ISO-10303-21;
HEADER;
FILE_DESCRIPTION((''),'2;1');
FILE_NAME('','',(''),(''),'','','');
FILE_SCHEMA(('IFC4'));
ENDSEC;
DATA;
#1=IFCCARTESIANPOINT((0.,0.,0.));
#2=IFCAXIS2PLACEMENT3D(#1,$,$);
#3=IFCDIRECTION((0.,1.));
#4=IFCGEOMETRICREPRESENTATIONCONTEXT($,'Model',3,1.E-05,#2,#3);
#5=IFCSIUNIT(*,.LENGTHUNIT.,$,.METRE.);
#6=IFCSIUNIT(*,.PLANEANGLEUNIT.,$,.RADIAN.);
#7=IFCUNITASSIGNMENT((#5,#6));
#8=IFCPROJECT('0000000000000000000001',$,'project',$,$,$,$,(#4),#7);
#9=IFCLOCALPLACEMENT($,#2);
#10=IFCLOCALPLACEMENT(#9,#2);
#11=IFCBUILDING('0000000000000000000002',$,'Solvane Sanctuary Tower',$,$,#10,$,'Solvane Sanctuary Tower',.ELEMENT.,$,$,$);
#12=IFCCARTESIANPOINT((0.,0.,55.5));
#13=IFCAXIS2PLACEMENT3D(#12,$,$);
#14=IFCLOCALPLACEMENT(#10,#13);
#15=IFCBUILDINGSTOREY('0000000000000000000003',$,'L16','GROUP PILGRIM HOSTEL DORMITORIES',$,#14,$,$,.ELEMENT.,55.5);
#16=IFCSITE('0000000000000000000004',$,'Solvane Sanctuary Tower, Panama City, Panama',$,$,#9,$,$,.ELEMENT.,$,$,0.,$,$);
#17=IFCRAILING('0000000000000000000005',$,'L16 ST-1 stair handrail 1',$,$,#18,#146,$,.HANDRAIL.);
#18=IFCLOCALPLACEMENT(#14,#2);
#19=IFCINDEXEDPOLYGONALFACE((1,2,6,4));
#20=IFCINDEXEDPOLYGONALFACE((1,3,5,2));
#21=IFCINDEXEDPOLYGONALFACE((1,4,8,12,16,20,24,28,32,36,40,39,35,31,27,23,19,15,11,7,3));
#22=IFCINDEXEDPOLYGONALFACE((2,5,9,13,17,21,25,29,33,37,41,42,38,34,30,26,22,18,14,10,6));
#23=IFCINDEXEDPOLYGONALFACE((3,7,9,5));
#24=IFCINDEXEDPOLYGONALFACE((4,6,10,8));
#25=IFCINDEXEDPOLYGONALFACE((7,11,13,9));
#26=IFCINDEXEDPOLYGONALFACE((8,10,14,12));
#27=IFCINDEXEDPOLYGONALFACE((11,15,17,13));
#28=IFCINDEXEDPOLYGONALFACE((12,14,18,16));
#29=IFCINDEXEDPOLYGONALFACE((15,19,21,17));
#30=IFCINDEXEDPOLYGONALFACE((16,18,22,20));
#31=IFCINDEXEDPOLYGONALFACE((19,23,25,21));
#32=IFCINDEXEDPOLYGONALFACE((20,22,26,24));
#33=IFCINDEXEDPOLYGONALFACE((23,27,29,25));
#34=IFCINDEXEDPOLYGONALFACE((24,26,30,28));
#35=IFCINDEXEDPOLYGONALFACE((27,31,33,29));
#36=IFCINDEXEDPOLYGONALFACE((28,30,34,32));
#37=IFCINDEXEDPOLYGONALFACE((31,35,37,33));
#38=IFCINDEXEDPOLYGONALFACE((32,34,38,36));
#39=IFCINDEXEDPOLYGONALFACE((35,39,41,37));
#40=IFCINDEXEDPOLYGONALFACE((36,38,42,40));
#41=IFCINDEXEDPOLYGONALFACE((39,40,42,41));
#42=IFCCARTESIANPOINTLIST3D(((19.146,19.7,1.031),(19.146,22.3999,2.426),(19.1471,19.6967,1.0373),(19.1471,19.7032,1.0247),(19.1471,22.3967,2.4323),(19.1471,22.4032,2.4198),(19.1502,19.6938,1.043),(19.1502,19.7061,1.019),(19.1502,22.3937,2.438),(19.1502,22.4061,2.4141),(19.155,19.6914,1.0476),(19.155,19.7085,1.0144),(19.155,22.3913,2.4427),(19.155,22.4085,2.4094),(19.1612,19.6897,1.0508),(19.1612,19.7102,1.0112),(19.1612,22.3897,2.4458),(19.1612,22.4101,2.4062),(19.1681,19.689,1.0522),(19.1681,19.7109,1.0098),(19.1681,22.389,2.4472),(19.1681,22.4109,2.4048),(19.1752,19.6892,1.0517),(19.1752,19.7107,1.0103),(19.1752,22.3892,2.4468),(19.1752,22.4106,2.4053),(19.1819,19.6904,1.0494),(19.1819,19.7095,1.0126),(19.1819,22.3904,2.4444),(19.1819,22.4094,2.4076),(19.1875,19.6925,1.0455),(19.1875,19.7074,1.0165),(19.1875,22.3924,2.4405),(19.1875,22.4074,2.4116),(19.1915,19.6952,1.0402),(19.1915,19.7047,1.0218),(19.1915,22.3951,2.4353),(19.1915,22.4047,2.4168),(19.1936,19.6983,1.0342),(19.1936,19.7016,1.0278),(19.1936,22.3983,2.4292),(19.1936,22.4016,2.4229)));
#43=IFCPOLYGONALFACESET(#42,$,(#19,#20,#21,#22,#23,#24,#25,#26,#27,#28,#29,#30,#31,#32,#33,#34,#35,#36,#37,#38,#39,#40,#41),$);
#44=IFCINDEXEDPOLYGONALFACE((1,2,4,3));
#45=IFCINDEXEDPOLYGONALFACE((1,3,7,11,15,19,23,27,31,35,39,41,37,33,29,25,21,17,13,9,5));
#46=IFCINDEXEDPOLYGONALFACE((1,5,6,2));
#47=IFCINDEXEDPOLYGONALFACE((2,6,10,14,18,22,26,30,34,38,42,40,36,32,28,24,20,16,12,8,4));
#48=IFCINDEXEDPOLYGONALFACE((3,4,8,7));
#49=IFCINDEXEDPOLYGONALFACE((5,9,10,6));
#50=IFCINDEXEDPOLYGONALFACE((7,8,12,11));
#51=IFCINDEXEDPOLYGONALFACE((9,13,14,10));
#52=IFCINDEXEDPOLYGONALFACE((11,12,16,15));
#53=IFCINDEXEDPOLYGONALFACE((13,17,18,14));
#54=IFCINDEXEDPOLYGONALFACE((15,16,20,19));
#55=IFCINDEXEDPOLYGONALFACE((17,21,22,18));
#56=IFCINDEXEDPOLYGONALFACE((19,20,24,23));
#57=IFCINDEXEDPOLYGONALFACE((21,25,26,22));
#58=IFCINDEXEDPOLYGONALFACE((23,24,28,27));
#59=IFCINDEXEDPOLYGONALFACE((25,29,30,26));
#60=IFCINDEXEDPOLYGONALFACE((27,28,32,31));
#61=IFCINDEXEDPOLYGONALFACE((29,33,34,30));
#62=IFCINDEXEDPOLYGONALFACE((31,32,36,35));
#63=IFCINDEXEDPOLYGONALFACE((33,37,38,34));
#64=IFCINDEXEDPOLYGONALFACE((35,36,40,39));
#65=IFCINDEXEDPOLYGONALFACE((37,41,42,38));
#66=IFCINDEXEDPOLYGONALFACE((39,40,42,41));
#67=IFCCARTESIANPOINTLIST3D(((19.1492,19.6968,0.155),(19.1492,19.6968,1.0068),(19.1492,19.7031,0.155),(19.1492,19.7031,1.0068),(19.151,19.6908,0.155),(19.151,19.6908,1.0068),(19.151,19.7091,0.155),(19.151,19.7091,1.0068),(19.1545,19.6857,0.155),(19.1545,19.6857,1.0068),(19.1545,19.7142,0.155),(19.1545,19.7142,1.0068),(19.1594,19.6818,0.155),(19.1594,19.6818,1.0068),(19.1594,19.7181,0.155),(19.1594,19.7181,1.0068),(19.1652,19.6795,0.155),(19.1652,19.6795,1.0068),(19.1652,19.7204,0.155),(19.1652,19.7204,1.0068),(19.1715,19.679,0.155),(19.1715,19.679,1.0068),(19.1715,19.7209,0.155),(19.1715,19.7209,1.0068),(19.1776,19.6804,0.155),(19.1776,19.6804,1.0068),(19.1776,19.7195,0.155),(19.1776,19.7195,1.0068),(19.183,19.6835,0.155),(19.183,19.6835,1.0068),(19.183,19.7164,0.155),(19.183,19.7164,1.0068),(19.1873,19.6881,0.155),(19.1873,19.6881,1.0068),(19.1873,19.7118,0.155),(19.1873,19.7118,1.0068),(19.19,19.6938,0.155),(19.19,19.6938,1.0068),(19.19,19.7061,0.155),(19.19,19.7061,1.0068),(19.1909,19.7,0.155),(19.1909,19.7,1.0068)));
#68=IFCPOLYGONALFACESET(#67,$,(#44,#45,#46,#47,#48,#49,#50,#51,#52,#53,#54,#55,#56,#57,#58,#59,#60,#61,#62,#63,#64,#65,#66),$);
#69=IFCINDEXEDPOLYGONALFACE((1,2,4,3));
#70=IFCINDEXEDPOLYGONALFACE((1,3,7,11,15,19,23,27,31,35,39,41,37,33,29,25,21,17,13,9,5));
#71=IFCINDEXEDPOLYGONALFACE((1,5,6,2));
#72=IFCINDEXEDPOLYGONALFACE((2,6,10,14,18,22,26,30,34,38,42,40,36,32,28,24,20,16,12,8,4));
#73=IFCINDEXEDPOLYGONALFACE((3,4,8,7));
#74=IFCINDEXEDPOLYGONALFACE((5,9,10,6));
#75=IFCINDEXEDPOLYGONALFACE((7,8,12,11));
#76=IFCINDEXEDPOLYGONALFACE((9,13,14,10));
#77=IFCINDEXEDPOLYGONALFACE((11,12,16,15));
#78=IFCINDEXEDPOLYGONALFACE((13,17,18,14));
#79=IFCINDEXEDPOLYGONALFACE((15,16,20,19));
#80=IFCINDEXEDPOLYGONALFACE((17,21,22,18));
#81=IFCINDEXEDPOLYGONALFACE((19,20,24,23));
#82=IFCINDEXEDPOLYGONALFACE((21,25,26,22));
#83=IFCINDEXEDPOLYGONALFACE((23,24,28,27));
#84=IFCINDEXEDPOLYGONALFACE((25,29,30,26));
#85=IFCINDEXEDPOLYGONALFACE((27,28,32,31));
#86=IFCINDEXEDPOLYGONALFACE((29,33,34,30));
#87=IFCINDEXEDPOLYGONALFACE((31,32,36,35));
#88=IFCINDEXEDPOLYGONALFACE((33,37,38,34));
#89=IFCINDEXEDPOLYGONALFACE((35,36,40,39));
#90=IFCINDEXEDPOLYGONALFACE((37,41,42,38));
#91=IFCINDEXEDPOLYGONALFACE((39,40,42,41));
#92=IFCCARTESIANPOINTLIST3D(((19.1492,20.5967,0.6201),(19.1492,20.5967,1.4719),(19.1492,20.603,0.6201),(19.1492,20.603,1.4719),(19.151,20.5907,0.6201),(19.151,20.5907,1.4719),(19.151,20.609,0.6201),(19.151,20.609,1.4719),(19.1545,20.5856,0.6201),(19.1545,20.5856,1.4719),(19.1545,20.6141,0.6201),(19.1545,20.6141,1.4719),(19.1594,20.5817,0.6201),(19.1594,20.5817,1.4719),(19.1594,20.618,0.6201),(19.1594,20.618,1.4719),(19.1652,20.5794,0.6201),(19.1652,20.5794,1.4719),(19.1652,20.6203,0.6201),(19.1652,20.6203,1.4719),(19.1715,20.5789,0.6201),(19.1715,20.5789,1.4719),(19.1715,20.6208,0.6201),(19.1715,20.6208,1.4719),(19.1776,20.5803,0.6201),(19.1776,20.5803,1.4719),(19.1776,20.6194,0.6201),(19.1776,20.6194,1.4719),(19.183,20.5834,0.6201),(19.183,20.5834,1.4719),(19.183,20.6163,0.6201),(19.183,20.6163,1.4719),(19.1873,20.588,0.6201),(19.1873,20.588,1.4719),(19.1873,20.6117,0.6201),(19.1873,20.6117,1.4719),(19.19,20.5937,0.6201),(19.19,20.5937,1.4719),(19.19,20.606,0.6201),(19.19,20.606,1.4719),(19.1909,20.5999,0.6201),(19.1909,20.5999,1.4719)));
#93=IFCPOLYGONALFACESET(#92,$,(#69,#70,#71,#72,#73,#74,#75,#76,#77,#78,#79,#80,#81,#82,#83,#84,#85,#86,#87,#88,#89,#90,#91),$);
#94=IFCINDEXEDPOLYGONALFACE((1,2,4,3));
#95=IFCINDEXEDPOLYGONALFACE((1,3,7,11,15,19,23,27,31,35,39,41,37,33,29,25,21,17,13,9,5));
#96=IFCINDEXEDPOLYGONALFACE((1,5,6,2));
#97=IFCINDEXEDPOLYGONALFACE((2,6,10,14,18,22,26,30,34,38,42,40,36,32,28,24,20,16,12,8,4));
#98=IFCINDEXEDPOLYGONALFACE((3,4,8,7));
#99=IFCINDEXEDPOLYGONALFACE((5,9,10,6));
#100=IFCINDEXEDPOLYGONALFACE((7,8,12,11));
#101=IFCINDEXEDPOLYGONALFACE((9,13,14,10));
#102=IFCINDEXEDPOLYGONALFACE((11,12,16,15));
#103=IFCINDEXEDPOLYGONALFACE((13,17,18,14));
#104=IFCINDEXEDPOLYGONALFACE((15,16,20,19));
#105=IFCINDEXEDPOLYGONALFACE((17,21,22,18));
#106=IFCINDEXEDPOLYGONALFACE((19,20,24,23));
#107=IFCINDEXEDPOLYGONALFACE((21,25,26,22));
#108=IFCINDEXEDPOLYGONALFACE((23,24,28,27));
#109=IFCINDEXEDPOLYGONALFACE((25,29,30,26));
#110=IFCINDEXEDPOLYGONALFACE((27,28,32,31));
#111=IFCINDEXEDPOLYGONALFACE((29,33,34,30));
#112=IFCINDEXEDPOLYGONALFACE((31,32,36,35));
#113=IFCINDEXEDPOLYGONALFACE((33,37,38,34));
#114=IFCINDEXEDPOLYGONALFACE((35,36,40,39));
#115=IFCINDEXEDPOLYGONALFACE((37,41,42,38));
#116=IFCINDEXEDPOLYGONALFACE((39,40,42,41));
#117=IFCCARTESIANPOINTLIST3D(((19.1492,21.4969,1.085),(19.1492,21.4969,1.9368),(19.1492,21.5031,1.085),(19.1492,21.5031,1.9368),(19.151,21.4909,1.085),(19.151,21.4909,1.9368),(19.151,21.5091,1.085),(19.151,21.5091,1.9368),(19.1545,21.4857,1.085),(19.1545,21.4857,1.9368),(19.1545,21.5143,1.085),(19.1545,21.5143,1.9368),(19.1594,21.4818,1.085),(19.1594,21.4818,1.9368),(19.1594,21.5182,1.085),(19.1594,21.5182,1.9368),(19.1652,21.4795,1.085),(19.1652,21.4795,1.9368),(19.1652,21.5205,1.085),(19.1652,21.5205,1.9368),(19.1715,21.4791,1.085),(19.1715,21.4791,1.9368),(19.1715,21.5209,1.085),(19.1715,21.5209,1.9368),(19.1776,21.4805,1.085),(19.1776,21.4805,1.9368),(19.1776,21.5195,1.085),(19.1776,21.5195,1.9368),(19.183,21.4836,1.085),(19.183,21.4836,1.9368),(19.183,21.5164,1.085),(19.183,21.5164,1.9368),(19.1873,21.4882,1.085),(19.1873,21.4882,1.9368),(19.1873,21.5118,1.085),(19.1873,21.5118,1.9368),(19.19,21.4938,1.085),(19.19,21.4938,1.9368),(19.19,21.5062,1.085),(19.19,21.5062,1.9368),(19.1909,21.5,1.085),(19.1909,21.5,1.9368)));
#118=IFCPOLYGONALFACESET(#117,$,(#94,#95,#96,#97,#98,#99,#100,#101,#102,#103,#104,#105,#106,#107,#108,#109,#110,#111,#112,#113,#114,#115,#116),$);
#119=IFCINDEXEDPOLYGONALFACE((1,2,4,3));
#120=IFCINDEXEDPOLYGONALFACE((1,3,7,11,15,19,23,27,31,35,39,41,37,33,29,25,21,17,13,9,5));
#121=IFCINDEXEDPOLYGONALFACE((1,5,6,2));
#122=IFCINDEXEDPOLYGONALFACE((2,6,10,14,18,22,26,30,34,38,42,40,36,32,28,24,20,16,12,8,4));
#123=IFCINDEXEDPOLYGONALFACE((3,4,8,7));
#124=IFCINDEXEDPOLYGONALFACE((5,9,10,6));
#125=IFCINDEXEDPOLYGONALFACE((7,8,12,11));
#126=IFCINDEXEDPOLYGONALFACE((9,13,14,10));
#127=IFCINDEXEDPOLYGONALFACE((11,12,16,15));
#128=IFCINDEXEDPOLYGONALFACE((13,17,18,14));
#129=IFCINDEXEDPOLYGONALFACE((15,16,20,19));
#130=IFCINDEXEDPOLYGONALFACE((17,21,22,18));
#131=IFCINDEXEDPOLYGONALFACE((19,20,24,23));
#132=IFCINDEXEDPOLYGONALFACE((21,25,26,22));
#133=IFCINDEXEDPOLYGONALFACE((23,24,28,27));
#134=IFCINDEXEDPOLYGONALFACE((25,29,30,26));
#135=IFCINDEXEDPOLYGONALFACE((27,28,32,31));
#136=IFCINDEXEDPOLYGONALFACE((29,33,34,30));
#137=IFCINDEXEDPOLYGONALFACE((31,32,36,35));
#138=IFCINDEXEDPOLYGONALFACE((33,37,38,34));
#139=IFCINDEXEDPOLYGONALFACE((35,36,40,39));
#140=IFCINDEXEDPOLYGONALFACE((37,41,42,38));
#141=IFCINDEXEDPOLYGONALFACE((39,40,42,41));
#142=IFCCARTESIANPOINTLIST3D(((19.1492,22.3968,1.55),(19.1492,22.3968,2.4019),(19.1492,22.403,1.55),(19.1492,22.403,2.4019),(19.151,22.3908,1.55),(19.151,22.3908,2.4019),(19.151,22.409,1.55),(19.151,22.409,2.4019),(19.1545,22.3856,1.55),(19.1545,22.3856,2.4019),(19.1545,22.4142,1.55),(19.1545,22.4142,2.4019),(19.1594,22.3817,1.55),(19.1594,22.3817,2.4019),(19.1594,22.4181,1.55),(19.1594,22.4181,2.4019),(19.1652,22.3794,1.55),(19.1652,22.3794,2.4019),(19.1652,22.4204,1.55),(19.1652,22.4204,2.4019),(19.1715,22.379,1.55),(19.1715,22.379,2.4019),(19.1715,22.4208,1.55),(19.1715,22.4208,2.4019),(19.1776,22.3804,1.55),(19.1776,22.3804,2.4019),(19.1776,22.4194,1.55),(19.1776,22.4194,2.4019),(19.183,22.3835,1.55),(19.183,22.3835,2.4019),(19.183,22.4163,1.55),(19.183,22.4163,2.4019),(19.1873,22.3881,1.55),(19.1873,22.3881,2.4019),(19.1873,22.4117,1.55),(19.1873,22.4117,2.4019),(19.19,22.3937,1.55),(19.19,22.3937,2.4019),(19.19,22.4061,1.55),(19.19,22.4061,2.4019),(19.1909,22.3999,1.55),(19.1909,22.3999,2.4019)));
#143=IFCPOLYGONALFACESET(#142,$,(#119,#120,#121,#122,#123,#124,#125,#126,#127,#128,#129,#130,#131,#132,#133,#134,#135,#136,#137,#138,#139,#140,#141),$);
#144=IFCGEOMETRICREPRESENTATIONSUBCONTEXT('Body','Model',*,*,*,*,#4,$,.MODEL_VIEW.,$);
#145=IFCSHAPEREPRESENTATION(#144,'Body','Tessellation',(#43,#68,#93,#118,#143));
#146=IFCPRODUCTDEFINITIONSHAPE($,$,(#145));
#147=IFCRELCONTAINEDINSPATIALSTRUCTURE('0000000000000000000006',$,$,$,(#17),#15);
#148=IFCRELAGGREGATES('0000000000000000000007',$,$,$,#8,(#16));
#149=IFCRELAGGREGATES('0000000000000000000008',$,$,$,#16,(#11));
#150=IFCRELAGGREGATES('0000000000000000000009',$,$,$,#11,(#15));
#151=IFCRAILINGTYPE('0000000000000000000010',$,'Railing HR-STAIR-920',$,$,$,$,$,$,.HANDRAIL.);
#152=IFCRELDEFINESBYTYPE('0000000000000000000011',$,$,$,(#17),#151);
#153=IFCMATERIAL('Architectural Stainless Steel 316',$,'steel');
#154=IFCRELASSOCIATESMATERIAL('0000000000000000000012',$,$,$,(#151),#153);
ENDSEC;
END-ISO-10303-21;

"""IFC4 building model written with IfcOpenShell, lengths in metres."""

from ifc_helpers import new_model, si_unit, direction, frame, origin, origin_2d, place, context, subcontext, project, spatial, circle, extrude, material, type_object, element, save


model = new_model("IFC4")

# Units and contexts
model_context = context("Model", 3, precision=1e-05, world=origin(), true_north=direction((0.0, 1.0)))
body_context = subcontext(model_context, "Body", "Model", "MODEL_VIEW")
ifc_project = project(units=[si_unit("LENGTHUNIT", "METRE"), si_unit("PLANEANGLEUNIT", "RADIAN")], contexts=[model_context])

# Site, building, storey
site_placement = place(None, origin())
site = spatial("IfcSite", under=ifc_project, at=site_placement, Name="Solvane Sanctuary Tower, Panama City, Panama", CompositionType="ELEMENT", RefElevation=0.0)
building_placement = place(site_placement, origin())
building = spatial("IfcBuilding", under=site, at=building_placement, Name="Solvane Sanctuary Tower", LongName="Solvane Sanctuary Tower", CompositionType="ELEMENT")
storey_placement = place(building_placement, frame((0.0, 0.0, 55.5)))
storey = spatial("IfcBuildingStorey", under=building, at=storey_placement, Name="L16", Description="GROUP PILGRIM HOSTEL DORMITORIES", CompositionType="ELEMENT", Elevation=55.5)

# Shared definitions
ifc_material_1 = material(Name="Architectural Stainless Steel 316", Category="steel")

# Railing
railing_type = type_object("IfcRailingType", Name="Railing HR-STAIR-920", PredefinedType="HANDRAIL", material=ifc_material_1)
railing_placement = place(storey_placement, frame((19.1699, 19.7, 0.155)))
element("IfcRailing", 1, at=railing_placement, inside=storey, type_object=railing_type, Name="L16 ST-1 stair handrail 1", PredefinedType="HANDRAIL", context=body_context, shape_type="SweptSolid", body=[
    extrude(circle(Radius=0.0239, at=origin_2d()), frame((0.0, 0.0, 0.876), z_axis=(0.0, 0.88842, 0.459032), x_axis=(-1.0, 0.0, 0.0)), (0.0, 0.0, 1.0), 3.0391),
    extrude(circle(Radius=0.021, at=origin_2d()), origin(), (0.0, 0.0, 1.0), 0.8518),
    extrude(circle(Radius=0.021, at=origin_2d()), frame((0.0, 0.8999, 0.4651)), (0.0, 0.0, 1.0), 0.8518),
    extrude(circle(Radius=0.021, at=origin_2d()), frame((0.0, 1.8, 0.9299)), (0.0, 0.0, 1.0), 0.8518),
    extrude(circle(Radius=0.021, at=origin_2d()), frame((0.0, 2.7, 1.395)), (0.0, 0.0, 1.0), 0.8518),
])

save(model, "model.ifc")
